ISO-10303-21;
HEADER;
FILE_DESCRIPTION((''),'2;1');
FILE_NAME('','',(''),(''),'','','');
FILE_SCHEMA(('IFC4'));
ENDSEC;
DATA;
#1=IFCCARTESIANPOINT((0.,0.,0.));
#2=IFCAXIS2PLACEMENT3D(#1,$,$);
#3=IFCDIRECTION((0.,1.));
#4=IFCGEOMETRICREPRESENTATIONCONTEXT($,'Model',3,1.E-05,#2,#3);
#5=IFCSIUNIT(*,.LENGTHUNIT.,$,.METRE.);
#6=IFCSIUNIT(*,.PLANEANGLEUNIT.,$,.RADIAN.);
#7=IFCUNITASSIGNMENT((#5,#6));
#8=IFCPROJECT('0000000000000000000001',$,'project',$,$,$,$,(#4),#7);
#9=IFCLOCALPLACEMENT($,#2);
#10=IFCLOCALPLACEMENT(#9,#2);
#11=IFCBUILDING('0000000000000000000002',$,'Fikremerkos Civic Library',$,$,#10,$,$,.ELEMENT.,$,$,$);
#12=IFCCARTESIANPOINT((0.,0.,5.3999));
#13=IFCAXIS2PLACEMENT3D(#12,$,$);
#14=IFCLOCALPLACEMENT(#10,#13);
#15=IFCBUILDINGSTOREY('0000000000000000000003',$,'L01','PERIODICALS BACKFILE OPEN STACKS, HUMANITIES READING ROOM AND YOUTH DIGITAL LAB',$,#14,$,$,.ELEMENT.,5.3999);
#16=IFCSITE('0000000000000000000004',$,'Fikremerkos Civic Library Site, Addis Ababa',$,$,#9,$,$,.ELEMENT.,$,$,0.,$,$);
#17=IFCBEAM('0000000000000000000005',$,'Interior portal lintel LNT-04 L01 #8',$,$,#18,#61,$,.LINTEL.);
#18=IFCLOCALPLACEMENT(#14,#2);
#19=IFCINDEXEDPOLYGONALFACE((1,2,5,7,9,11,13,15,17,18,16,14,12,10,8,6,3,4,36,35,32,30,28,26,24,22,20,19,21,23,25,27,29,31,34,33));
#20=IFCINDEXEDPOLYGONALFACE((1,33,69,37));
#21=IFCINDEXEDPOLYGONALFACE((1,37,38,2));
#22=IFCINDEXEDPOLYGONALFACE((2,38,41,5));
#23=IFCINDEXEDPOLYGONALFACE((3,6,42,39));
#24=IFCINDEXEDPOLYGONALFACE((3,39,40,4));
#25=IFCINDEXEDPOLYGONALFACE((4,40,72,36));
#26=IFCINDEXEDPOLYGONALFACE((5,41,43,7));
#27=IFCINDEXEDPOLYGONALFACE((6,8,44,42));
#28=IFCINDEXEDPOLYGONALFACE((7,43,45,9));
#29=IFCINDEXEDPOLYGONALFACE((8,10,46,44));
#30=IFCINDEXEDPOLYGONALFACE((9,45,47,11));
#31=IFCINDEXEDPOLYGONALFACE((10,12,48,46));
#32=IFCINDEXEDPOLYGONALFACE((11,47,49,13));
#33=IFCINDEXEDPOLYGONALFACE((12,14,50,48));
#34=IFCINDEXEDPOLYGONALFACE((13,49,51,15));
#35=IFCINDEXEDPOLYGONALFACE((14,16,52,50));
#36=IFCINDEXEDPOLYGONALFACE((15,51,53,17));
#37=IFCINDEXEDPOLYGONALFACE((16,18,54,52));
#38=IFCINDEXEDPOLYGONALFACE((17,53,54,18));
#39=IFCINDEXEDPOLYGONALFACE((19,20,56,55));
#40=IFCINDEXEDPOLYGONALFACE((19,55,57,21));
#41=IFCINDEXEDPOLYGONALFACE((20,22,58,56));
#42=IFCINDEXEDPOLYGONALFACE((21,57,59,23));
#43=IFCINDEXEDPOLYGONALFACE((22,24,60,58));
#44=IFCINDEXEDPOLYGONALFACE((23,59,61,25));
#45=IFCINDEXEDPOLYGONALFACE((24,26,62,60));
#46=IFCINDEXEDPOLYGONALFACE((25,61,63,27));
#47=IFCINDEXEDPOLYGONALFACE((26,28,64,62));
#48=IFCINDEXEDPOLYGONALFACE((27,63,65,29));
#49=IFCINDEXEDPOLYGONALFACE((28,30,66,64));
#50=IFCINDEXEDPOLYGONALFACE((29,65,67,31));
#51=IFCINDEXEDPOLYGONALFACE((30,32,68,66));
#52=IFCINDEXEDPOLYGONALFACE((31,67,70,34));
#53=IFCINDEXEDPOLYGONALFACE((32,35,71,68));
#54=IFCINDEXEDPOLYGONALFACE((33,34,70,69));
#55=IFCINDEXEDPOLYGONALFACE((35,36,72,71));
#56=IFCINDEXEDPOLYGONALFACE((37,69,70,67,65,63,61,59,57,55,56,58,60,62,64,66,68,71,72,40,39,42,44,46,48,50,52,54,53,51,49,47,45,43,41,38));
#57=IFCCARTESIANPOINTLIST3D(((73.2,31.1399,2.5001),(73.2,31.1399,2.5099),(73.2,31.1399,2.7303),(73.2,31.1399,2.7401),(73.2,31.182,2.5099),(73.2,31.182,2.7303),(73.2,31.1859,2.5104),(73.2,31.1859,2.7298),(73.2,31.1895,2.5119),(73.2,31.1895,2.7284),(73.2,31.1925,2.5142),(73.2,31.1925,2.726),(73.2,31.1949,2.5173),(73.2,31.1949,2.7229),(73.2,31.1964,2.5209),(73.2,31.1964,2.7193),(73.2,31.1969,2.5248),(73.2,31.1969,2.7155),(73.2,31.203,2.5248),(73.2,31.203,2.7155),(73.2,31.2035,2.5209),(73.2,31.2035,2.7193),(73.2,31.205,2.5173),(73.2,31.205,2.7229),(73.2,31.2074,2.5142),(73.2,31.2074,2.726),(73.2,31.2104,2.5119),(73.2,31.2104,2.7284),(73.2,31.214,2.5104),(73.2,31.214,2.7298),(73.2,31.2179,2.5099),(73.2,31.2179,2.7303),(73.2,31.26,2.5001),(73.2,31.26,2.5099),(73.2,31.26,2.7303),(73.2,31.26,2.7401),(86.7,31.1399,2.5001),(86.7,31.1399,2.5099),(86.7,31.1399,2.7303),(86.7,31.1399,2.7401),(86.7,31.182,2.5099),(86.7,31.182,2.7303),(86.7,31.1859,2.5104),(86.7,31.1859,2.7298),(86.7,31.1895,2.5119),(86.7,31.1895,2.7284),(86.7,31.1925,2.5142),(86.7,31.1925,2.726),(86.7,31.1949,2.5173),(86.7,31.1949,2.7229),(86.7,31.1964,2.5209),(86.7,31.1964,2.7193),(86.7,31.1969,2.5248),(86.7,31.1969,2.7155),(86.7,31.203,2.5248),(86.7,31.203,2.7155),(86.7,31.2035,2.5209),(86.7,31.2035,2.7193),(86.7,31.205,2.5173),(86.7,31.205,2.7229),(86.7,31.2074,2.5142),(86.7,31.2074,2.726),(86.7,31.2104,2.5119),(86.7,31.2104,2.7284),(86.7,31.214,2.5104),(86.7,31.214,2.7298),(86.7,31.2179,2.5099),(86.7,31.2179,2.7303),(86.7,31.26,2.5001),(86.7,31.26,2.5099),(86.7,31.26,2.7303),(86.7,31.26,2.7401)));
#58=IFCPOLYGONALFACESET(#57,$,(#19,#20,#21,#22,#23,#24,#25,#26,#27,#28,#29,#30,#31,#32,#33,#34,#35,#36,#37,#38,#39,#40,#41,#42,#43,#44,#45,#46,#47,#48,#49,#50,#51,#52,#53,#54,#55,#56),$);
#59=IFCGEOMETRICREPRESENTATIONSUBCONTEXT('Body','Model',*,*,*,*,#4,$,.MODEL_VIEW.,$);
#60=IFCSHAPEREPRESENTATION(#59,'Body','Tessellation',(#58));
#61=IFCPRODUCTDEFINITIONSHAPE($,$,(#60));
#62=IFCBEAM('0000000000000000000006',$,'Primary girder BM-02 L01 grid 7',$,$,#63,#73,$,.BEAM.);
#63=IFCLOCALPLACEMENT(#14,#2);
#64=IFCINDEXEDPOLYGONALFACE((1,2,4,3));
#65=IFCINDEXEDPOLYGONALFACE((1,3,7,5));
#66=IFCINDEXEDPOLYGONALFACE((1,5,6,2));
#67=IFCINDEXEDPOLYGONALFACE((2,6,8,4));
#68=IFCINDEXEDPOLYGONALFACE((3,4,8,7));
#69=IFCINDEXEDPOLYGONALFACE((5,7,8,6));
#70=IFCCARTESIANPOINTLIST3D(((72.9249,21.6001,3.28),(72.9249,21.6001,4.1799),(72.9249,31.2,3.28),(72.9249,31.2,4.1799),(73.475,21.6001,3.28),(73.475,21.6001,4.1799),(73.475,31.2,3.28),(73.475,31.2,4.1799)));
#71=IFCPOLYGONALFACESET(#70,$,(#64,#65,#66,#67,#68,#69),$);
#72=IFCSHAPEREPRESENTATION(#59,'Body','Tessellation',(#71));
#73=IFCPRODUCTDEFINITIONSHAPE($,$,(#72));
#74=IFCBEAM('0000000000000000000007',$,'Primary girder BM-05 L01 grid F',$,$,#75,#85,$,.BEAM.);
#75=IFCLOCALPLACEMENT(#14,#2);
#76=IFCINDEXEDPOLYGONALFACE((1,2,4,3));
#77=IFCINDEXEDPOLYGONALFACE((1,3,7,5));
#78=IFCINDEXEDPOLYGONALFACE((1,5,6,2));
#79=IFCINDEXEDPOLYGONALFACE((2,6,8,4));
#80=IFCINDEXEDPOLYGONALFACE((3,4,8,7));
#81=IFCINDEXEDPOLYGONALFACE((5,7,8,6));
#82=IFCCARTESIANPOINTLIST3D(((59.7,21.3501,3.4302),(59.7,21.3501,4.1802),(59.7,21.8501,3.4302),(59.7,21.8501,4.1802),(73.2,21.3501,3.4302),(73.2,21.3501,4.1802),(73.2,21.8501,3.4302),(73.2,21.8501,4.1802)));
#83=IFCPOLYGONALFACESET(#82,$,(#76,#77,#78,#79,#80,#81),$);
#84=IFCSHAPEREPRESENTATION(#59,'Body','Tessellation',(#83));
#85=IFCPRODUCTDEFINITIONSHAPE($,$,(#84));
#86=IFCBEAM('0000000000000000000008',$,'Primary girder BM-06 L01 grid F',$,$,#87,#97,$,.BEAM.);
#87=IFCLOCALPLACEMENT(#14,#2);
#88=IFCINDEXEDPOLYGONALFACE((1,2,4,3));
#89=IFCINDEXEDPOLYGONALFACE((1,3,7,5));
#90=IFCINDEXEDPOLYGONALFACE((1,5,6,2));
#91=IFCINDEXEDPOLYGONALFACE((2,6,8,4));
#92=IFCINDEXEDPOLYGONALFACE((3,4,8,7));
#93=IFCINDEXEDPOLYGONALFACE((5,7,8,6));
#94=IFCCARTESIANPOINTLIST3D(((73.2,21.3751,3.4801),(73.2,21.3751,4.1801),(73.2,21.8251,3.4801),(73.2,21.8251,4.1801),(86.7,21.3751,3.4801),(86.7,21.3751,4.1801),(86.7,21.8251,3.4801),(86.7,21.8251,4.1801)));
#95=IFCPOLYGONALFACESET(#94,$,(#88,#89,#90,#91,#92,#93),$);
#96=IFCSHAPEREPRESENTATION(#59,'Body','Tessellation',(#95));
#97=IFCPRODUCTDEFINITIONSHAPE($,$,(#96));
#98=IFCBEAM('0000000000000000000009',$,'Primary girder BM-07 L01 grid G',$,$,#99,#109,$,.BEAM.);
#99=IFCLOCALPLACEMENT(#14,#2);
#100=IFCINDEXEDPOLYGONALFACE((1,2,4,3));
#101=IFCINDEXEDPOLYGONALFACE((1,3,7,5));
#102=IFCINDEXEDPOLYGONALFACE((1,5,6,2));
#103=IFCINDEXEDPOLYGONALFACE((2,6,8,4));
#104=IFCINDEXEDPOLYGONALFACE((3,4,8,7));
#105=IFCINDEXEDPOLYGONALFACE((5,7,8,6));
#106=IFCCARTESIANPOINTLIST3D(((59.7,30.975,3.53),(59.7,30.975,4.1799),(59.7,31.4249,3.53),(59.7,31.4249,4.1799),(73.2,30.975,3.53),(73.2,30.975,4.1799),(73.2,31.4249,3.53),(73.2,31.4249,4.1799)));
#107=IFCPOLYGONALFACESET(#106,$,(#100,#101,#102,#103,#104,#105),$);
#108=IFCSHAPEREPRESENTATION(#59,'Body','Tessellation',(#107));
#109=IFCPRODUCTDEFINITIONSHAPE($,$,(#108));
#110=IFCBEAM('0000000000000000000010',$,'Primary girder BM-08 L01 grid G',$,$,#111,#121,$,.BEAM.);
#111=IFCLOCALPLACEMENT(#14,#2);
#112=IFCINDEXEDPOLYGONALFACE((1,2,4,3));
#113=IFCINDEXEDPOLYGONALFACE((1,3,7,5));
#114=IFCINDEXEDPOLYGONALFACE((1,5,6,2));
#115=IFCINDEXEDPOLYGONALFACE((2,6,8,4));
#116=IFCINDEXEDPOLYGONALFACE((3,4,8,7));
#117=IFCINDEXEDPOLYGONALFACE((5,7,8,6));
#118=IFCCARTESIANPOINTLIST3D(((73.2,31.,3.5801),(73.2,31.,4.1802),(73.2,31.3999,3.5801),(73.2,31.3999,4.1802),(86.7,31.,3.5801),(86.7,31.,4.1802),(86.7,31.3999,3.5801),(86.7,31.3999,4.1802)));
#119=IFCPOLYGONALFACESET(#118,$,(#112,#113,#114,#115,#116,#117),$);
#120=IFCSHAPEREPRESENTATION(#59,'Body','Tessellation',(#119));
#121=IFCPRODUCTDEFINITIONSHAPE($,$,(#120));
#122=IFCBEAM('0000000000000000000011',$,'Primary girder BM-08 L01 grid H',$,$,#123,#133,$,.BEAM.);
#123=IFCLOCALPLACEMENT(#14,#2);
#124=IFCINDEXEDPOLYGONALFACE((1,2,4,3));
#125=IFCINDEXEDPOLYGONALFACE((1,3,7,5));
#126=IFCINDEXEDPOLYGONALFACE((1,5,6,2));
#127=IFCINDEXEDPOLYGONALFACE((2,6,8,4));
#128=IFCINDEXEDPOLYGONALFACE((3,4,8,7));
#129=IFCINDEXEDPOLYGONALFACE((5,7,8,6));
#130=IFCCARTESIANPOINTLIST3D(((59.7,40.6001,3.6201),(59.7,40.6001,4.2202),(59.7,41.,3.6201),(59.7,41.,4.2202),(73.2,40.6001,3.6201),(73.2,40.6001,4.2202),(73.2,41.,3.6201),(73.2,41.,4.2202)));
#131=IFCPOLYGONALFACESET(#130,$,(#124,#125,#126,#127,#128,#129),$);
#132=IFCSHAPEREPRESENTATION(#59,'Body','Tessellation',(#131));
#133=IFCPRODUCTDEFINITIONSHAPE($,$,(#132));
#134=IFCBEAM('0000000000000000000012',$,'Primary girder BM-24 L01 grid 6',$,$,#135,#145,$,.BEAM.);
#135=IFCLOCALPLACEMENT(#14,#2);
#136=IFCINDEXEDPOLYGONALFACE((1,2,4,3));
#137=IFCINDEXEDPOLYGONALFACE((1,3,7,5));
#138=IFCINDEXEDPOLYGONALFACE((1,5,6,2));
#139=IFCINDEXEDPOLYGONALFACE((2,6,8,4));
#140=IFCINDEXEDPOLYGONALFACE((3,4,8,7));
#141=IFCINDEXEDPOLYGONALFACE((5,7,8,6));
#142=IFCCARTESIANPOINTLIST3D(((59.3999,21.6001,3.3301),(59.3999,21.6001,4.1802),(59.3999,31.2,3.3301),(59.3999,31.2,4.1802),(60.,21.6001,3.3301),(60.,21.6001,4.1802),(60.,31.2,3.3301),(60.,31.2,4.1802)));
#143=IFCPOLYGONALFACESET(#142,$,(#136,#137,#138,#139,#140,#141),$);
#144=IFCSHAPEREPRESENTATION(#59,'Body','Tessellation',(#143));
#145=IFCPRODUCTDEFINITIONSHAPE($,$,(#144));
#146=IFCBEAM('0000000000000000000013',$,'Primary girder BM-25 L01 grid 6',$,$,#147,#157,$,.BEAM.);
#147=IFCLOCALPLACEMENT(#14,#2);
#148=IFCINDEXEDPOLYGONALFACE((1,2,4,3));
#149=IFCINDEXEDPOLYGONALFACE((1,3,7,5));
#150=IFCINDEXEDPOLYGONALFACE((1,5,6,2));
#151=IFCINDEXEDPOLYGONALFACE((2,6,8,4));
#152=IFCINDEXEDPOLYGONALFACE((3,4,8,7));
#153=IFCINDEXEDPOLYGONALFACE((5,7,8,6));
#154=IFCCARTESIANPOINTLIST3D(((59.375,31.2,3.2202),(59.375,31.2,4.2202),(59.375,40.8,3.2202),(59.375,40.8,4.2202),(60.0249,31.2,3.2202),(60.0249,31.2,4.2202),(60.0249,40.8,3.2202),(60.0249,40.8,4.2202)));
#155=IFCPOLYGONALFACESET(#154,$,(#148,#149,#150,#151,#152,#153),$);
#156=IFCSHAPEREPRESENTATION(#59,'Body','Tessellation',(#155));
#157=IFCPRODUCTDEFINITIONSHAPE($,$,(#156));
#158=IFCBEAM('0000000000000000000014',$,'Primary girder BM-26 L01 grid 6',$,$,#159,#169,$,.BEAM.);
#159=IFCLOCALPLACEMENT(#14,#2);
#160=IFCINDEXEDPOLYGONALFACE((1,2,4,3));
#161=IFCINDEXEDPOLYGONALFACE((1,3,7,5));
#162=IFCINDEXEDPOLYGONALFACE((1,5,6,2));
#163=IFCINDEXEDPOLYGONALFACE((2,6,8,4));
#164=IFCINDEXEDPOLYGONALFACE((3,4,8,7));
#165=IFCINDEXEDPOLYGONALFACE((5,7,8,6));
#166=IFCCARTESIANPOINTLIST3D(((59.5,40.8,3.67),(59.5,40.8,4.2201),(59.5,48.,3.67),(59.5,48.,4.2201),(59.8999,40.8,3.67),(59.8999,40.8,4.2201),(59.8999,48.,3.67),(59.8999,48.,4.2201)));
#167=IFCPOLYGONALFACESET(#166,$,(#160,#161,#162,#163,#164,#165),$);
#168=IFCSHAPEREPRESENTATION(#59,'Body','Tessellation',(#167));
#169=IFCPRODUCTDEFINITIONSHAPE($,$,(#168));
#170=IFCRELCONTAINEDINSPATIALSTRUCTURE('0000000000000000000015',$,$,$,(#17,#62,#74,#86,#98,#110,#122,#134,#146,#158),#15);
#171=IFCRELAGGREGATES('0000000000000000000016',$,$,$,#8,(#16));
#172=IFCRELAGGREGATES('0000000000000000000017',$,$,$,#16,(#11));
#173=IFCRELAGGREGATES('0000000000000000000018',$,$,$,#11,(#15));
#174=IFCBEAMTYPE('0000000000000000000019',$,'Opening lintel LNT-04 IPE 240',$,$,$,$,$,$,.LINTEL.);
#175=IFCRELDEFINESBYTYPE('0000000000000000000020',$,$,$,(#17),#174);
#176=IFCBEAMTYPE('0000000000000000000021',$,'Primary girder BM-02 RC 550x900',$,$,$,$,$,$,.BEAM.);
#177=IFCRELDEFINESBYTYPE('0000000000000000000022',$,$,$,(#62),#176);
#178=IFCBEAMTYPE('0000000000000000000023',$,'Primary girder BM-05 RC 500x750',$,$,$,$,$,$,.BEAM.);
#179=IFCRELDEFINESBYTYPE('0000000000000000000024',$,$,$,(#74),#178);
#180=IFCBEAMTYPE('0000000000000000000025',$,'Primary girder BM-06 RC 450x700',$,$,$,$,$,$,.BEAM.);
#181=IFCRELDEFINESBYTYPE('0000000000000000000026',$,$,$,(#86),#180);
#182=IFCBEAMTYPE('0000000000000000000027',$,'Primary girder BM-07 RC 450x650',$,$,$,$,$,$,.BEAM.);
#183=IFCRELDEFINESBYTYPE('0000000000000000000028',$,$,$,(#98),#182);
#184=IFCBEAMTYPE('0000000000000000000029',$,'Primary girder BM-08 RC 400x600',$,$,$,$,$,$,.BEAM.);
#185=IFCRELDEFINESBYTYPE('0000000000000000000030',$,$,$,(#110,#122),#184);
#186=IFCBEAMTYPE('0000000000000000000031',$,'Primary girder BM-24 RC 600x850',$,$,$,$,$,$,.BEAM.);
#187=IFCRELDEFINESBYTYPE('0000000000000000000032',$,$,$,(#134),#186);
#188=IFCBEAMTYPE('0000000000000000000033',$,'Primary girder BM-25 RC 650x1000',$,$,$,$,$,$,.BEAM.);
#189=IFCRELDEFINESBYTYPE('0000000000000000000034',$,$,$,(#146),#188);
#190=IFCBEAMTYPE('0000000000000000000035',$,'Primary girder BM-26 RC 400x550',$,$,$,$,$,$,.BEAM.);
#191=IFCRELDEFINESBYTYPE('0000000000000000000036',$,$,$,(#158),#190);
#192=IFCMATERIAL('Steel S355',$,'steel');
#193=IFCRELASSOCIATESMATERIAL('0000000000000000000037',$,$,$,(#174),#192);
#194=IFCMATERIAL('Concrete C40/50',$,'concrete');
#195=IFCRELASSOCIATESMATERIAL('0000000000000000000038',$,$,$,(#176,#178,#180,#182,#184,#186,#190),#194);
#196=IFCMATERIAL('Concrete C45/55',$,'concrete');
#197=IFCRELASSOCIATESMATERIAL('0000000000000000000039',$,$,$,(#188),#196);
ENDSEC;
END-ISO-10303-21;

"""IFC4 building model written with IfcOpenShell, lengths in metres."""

from ifc_helpers import new_model, si_unit, direction, frame, origin, origin_2d, place, context, subcontext, project, spatial, rectangle, i_section, extrude, material, material_profile, profile_set, type_object, element, save


model = new_model("IFC4")

# Units and contexts
model_context = context("Model", 3, precision=1e-05, world=origin(), true_north=direction((0.0, 1.0)))
body_context = subcontext(model_context, "Body", "Model", "MODEL_VIEW")
ifc_project = project(units=[si_unit("LENGTHUNIT", "METRE"), si_unit("PLANEANGLEUNIT", "RADIAN")], contexts=[model_context])

# Site, building, storey
site_placement = place(None, origin())
site = spatial("IfcSite", under=ifc_project, at=site_placement, Name="Fikremerkos Civic Library Site, Addis Ababa", CompositionType="ELEMENT", RefElevation=0.0)
building_placement = place(site_placement, origin())
building = spatial("IfcBuilding", under=site, at=building_placement, Name="Fikremerkos Civic Library", CompositionType="ELEMENT")
storey_placement = place(building_placement, frame((0.0, 0.0, 5.3999)))
storey = spatial("IfcBuildingStorey", under=building, at=storey_placement, Name="L01", Description="PERIODICALS BACKFILE OPEN STACKS, HUMANITIES READING ROOM AND YOUTH DIGITAL LAB", CompositionType="ELEMENT", Elevation=5.3999)

# Shared definitions
ifc_material_1 = material(Name="Concrete C40/50", Category="concrete")
ifc_material_2 = material(Name="Concrete C45/55", Category="concrete")

# Beams
ifc_material_3 = material(Name="Steel S355", Category="steel")
ifc_material_profile_1 = material_profile(ifc_material_3, i_section(OverallWidth=0.1201, OverallDepth=0.24, WebThickness=0.0061, FlangeThickness=0.0098, FilletRadius=0.0149, at=origin_2d()), Name="IPE 240")
ifc_profile_set_1 = profile_set([ifc_material_profile_1], Name="Steel S355")
beam_type_1 = type_object("IfcBeamType", Name="Opening lintel LNT-04 IPE 240", PredefinedType="LINTEL", material=ifc_profile_set_1)
beam_1_placement = place(storey_placement, frame((73.2, 31.2, 2.6201), z_axis=(1.0, 0.0, 0.0), x_axis=(0.0, 1.0, 0.0)))
element("IfcBeam", 1, at=beam_1_placement, inside=storey, type_object=beam_type_1, Name="Interior portal lintel LNT-04 L01 #8", PredefinedType="LINTEL", context=body_context, shape_type="SweptSolid", body=[
    extrude(i_section(OverallWidth=0.1201, OverallDepth=0.24, WebThickness=0.0061, FlangeThickness=0.0098, FilletRadius=0.0149, at=origin_2d()), origin(), (0.0, 0.0, 1.0), 13.5),
])
ifc_material_profile_2 = material_profile(ifc_material_1, rectangle(XDim=0.55, YDim=0.8999, at=origin_2d()), Name="RC 550x900")
ifc_profile_set_2 = profile_set([ifc_material_profile_2], Name="Concrete C40/50")
beam_type_2 = type_object("IfcBeamType", Name="Primary girder BM-02 RC 550x900", PredefinedType="BEAM", material=ifc_profile_set_2)
beam_2_placement = place(storey_placement, frame((73.2, 21.6001, 3.73), z_axis=(0.0, 1.0, 0.0), x_axis=(-1.0, 0.0, 0.0)))
element("IfcBeam", 2, at=beam_2_placement, inside=storey, type_object=beam_type_2, Name="Primary girder BM-02 L01 grid 7", PredefinedType="BEAM", context=body_context, shape_type="SweptSolid", body=[
    extrude(rectangle(XDim=0.55, YDim=0.8999, at=origin_2d()), origin(), (0.0, 0.0, 1.0), 9.5999),
])
ifc_material_profile_3 = material_profile(ifc_material_1, rectangle(XDim=0.5, YDim=0.75, at=origin_2d()), Name="RC 500x750")
ifc_profile_set_3 = profile_set([ifc_material_profile_3], Name="Concrete C40/50")
beam_type_3 = type_object("IfcBeamType", Name="Primary girder BM-05 RC 500x750", PredefinedType="BEAM", material=ifc_profile_set_3)
beam_3_placement = place(storey_placement, frame((59.7, 21.6001, 3.8052), z_axis=(1.0, 0.0, 0.0), x_axis=(0.0, 1.0, 0.0)))
element("IfcBeam", 3, at=beam_3_placement, inside=storey, type_object=beam_type_3, Name="Primary girder BM-05 L01 grid F", PredefinedType="BEAM", context=body_context, shape_type="SweptSolid", body=[
    extrude(rectangle(XDim=0.5, YDim=0.75, at=origin_2d()), origin(), (0.0, 0.0, 1.0), 13.5),
])
ifc_material_profile_4 = material_profile(ifc_material_1, rectangle(XDim=0.45, YDim=0.7, at=origin_2d()), Name="RC 450x700")
ifc_profile_set_4 = profile_set([ifc_material_profile_4], Name="Concrete C40/50")
beam_type_4 = type_object("IfcBeamType", Name="Primary girder BM-06 RC 450x700", PredefinedType="BEAM", material=ifc_profile_set_4)
beam_4_placement = place(storey_placement, frame((73.2, 21.6001, 3.8301), z_axis=(1.0, 0.0, 0.0), x_axis=(0.0, 1.0, 0.0)))
element("IfcBeam", 4, at=beam_4_placement, inside=storey, type_object=beam_type_4, Name="Primary girder BM-06 L01 grid F", PredefinedType="BEAM", context=body_context, shape_type="SweptSolid", body=[
    extrude(rectangle(XDim=0.45, YDim=0.7, at=origin_2d()), origin(), (0.0, 0.0, 1.0), 13.5),
])
ifc_material_profile_5 = material_profile(ifc_material_1, rectangle(XDim=0.45, YDim=0.6499, at=origin_2d()), Name="RC 450x650")
ifc_profile_set_5 = profile_set([ifc_material_profile_5], Name="Concrete C40/50")
beam_type_5 = type_object("IfcBeamType", Name="Primary girder BM-07 RC 450x650", PredefinedType="BEAM", material=ifc_profile_set_5)
beam_5_placement = place(storey_placement, frame((59.7, 31.2, 3.855), z_axis=(1.0, 0.0, 0.0), x_axis=(0.0, 1.0, 0.0)))
element("IfcBeam", 5, at=beam_5_placement, inside=storey, type_object=beam_type_5, Name="Primary girder BM-07 L01 grid G", PredefinedType="BEAM", context=body_context, shape_type="SweptSolid", body=[
    extrude(rectangle(XDim=0.45, YDim=0.6499, at=origin_2d()), origin(), (0.0, 0.0, 1.0), 13.5),
])
ifc_material_profile_6 = material_profile(ifc_material_1, rectangle(XDim=0.3999, YDim=0.6001, at=origin_2d()), Name="RC 400x600")
ifc_profile_set_6 = profile_set([ifc_material_profile_6], Name="Concrete C40/50")
beam_type_6 = type_object("IfcBeamType", Name="Primary girder BM-08 RC 400x600", PredefinedType="BEAM", material=ifc_profile_set_6)
for number, where, z_axis, x_axis, name in (
    (6, (73.2, 31.2, 3.8801), (1.0, 0.0, 0.0), (0.0, 1.0, 0.0), "Primary girder BM-08 L01 grid G"),
    (7, (59.7, 40.8, 3.9202), (1.0, 0.0, 0.0), (0.0, 1.0, 0.0), "Primary girder BM-08 L01 grid H"),
):
    element("IfcBeam", number, at=place(storey_placement, frame(where, z_axis=z_axis, x_axis=x_axis)), inside=storey, type_object=beam_type_6, Name=name, PredefinedType="BEAM", context=body_context, shape_type="SweptSolid", body=[
        extrude(rectangle(XDim=0.3999, YDim=0.6001, at=origin_2d()), origin(), (0.0, 0.0, 1.0), 13.5),
    ])
ifc_material_profile_7 = material_profile(ifc_material_1, rectangle(XDim=0.6001, YDim=0.8501, at=origin_2d()), Name="RC 600x850")
ifc_profile_set_7 = profile_set([ifc_material_profile_7], Name="Concrete C40/50")
beam_type_7 = type_object("IfcBeamType", Name="Primary girder BM-24 RC 600x850", PredefinedType="BEAM", material=ifc_profile_set_7)
beam_6_placement = place(storey_placement, frame((59.7, 21.6001, 3.7551), z_axis=(0.0, 1.0, 0.0), x_axis=(-1.0, 0.0, 0.0)))
element("IfcBeam", 8, at=beam_6_placement, inside=storey, type_object=beam_type_7, Name="Primary girder BM-24 L01 grid 6", PredefinedType="BEAM", context=body_context, shape_type="SweptSolid", body=[
    extrude(rectangle(XDim=0.6001, YDim=0.8501, at=origin_2d()), origin(), (0.0, 0.0, 1.0), 9.5999),
])
ifc_material_profile_8 = material_profile(ifc_material_2, rectangle(XDim=0.6499, YDim=1.0, at=origin_2d()), Name="RC 650x1000")
ifc_profile_set_8 = profile_set([ifc_material_profile_8], Name="Concrete C45/55")
beam_type_8 = type_object("IfcBeamType", Name="Primary girder BM-25 RC 650x1000", PredefinedType="BEAM", material=ifc_profile_set_8)
beam_7_placement = place(storey_placement, frame((59.7, 31.2, 3.7202), z_axis=(0.0, 1.0, 0.0), x_axis=(-1.0, 0.0, 0.0)))
element("IfcBeam", 9, at=beam_7_placement, inside=storey, type_object=beam_type_8, Name="Primary girder BM-25 L01 grid 6", PredefinedType="BEAM", context=body_context, shape_type="SweptSolid", body=[
    extrude(rectangle(XDim=0.6499, YDim=1.0, at=origin_2d()), origin(), (0.0, 0.0, 1.0), 9.6001),
])
ifc_material_profile_9 = material_profile(ifc_material_1, rectangle(XDim=0.3999, YDim=0.55, at=origin_2d()), Name="RC 400x550")
ifc_profile_set_9 = profile_set([ifc_material_profile_9], Name="Concrete C40/50")
beam_type_9 = type_object("IfcBeamType", Name="Primary girder BM-26 RC 400x550", PredefinedType="BEAM", material=ifc_profile_set_9)
beam_8_placement = place(storey_placement, frame((59.7, 40.8, 3.9451), z_axis=(0.0, 1.0, 0.0), x_axis=(-1.0, 0.0, 0.0)))
element("IfcBeam", 10, at=beam_8_placement, inside=storey, type_object=beam_type_9, Name="Primary girder BM-26 L01 grid 6", PredefinedType="BEAM", context=body_context, shape_type="SweptSolid", body=[
    extrude(rectangle(XDim=0.3999, YDim=0.55, at=origin_2d()), origin(), (0.0, 0.0, 1.0), 7.2),
])

save(model, "model.ifc")
